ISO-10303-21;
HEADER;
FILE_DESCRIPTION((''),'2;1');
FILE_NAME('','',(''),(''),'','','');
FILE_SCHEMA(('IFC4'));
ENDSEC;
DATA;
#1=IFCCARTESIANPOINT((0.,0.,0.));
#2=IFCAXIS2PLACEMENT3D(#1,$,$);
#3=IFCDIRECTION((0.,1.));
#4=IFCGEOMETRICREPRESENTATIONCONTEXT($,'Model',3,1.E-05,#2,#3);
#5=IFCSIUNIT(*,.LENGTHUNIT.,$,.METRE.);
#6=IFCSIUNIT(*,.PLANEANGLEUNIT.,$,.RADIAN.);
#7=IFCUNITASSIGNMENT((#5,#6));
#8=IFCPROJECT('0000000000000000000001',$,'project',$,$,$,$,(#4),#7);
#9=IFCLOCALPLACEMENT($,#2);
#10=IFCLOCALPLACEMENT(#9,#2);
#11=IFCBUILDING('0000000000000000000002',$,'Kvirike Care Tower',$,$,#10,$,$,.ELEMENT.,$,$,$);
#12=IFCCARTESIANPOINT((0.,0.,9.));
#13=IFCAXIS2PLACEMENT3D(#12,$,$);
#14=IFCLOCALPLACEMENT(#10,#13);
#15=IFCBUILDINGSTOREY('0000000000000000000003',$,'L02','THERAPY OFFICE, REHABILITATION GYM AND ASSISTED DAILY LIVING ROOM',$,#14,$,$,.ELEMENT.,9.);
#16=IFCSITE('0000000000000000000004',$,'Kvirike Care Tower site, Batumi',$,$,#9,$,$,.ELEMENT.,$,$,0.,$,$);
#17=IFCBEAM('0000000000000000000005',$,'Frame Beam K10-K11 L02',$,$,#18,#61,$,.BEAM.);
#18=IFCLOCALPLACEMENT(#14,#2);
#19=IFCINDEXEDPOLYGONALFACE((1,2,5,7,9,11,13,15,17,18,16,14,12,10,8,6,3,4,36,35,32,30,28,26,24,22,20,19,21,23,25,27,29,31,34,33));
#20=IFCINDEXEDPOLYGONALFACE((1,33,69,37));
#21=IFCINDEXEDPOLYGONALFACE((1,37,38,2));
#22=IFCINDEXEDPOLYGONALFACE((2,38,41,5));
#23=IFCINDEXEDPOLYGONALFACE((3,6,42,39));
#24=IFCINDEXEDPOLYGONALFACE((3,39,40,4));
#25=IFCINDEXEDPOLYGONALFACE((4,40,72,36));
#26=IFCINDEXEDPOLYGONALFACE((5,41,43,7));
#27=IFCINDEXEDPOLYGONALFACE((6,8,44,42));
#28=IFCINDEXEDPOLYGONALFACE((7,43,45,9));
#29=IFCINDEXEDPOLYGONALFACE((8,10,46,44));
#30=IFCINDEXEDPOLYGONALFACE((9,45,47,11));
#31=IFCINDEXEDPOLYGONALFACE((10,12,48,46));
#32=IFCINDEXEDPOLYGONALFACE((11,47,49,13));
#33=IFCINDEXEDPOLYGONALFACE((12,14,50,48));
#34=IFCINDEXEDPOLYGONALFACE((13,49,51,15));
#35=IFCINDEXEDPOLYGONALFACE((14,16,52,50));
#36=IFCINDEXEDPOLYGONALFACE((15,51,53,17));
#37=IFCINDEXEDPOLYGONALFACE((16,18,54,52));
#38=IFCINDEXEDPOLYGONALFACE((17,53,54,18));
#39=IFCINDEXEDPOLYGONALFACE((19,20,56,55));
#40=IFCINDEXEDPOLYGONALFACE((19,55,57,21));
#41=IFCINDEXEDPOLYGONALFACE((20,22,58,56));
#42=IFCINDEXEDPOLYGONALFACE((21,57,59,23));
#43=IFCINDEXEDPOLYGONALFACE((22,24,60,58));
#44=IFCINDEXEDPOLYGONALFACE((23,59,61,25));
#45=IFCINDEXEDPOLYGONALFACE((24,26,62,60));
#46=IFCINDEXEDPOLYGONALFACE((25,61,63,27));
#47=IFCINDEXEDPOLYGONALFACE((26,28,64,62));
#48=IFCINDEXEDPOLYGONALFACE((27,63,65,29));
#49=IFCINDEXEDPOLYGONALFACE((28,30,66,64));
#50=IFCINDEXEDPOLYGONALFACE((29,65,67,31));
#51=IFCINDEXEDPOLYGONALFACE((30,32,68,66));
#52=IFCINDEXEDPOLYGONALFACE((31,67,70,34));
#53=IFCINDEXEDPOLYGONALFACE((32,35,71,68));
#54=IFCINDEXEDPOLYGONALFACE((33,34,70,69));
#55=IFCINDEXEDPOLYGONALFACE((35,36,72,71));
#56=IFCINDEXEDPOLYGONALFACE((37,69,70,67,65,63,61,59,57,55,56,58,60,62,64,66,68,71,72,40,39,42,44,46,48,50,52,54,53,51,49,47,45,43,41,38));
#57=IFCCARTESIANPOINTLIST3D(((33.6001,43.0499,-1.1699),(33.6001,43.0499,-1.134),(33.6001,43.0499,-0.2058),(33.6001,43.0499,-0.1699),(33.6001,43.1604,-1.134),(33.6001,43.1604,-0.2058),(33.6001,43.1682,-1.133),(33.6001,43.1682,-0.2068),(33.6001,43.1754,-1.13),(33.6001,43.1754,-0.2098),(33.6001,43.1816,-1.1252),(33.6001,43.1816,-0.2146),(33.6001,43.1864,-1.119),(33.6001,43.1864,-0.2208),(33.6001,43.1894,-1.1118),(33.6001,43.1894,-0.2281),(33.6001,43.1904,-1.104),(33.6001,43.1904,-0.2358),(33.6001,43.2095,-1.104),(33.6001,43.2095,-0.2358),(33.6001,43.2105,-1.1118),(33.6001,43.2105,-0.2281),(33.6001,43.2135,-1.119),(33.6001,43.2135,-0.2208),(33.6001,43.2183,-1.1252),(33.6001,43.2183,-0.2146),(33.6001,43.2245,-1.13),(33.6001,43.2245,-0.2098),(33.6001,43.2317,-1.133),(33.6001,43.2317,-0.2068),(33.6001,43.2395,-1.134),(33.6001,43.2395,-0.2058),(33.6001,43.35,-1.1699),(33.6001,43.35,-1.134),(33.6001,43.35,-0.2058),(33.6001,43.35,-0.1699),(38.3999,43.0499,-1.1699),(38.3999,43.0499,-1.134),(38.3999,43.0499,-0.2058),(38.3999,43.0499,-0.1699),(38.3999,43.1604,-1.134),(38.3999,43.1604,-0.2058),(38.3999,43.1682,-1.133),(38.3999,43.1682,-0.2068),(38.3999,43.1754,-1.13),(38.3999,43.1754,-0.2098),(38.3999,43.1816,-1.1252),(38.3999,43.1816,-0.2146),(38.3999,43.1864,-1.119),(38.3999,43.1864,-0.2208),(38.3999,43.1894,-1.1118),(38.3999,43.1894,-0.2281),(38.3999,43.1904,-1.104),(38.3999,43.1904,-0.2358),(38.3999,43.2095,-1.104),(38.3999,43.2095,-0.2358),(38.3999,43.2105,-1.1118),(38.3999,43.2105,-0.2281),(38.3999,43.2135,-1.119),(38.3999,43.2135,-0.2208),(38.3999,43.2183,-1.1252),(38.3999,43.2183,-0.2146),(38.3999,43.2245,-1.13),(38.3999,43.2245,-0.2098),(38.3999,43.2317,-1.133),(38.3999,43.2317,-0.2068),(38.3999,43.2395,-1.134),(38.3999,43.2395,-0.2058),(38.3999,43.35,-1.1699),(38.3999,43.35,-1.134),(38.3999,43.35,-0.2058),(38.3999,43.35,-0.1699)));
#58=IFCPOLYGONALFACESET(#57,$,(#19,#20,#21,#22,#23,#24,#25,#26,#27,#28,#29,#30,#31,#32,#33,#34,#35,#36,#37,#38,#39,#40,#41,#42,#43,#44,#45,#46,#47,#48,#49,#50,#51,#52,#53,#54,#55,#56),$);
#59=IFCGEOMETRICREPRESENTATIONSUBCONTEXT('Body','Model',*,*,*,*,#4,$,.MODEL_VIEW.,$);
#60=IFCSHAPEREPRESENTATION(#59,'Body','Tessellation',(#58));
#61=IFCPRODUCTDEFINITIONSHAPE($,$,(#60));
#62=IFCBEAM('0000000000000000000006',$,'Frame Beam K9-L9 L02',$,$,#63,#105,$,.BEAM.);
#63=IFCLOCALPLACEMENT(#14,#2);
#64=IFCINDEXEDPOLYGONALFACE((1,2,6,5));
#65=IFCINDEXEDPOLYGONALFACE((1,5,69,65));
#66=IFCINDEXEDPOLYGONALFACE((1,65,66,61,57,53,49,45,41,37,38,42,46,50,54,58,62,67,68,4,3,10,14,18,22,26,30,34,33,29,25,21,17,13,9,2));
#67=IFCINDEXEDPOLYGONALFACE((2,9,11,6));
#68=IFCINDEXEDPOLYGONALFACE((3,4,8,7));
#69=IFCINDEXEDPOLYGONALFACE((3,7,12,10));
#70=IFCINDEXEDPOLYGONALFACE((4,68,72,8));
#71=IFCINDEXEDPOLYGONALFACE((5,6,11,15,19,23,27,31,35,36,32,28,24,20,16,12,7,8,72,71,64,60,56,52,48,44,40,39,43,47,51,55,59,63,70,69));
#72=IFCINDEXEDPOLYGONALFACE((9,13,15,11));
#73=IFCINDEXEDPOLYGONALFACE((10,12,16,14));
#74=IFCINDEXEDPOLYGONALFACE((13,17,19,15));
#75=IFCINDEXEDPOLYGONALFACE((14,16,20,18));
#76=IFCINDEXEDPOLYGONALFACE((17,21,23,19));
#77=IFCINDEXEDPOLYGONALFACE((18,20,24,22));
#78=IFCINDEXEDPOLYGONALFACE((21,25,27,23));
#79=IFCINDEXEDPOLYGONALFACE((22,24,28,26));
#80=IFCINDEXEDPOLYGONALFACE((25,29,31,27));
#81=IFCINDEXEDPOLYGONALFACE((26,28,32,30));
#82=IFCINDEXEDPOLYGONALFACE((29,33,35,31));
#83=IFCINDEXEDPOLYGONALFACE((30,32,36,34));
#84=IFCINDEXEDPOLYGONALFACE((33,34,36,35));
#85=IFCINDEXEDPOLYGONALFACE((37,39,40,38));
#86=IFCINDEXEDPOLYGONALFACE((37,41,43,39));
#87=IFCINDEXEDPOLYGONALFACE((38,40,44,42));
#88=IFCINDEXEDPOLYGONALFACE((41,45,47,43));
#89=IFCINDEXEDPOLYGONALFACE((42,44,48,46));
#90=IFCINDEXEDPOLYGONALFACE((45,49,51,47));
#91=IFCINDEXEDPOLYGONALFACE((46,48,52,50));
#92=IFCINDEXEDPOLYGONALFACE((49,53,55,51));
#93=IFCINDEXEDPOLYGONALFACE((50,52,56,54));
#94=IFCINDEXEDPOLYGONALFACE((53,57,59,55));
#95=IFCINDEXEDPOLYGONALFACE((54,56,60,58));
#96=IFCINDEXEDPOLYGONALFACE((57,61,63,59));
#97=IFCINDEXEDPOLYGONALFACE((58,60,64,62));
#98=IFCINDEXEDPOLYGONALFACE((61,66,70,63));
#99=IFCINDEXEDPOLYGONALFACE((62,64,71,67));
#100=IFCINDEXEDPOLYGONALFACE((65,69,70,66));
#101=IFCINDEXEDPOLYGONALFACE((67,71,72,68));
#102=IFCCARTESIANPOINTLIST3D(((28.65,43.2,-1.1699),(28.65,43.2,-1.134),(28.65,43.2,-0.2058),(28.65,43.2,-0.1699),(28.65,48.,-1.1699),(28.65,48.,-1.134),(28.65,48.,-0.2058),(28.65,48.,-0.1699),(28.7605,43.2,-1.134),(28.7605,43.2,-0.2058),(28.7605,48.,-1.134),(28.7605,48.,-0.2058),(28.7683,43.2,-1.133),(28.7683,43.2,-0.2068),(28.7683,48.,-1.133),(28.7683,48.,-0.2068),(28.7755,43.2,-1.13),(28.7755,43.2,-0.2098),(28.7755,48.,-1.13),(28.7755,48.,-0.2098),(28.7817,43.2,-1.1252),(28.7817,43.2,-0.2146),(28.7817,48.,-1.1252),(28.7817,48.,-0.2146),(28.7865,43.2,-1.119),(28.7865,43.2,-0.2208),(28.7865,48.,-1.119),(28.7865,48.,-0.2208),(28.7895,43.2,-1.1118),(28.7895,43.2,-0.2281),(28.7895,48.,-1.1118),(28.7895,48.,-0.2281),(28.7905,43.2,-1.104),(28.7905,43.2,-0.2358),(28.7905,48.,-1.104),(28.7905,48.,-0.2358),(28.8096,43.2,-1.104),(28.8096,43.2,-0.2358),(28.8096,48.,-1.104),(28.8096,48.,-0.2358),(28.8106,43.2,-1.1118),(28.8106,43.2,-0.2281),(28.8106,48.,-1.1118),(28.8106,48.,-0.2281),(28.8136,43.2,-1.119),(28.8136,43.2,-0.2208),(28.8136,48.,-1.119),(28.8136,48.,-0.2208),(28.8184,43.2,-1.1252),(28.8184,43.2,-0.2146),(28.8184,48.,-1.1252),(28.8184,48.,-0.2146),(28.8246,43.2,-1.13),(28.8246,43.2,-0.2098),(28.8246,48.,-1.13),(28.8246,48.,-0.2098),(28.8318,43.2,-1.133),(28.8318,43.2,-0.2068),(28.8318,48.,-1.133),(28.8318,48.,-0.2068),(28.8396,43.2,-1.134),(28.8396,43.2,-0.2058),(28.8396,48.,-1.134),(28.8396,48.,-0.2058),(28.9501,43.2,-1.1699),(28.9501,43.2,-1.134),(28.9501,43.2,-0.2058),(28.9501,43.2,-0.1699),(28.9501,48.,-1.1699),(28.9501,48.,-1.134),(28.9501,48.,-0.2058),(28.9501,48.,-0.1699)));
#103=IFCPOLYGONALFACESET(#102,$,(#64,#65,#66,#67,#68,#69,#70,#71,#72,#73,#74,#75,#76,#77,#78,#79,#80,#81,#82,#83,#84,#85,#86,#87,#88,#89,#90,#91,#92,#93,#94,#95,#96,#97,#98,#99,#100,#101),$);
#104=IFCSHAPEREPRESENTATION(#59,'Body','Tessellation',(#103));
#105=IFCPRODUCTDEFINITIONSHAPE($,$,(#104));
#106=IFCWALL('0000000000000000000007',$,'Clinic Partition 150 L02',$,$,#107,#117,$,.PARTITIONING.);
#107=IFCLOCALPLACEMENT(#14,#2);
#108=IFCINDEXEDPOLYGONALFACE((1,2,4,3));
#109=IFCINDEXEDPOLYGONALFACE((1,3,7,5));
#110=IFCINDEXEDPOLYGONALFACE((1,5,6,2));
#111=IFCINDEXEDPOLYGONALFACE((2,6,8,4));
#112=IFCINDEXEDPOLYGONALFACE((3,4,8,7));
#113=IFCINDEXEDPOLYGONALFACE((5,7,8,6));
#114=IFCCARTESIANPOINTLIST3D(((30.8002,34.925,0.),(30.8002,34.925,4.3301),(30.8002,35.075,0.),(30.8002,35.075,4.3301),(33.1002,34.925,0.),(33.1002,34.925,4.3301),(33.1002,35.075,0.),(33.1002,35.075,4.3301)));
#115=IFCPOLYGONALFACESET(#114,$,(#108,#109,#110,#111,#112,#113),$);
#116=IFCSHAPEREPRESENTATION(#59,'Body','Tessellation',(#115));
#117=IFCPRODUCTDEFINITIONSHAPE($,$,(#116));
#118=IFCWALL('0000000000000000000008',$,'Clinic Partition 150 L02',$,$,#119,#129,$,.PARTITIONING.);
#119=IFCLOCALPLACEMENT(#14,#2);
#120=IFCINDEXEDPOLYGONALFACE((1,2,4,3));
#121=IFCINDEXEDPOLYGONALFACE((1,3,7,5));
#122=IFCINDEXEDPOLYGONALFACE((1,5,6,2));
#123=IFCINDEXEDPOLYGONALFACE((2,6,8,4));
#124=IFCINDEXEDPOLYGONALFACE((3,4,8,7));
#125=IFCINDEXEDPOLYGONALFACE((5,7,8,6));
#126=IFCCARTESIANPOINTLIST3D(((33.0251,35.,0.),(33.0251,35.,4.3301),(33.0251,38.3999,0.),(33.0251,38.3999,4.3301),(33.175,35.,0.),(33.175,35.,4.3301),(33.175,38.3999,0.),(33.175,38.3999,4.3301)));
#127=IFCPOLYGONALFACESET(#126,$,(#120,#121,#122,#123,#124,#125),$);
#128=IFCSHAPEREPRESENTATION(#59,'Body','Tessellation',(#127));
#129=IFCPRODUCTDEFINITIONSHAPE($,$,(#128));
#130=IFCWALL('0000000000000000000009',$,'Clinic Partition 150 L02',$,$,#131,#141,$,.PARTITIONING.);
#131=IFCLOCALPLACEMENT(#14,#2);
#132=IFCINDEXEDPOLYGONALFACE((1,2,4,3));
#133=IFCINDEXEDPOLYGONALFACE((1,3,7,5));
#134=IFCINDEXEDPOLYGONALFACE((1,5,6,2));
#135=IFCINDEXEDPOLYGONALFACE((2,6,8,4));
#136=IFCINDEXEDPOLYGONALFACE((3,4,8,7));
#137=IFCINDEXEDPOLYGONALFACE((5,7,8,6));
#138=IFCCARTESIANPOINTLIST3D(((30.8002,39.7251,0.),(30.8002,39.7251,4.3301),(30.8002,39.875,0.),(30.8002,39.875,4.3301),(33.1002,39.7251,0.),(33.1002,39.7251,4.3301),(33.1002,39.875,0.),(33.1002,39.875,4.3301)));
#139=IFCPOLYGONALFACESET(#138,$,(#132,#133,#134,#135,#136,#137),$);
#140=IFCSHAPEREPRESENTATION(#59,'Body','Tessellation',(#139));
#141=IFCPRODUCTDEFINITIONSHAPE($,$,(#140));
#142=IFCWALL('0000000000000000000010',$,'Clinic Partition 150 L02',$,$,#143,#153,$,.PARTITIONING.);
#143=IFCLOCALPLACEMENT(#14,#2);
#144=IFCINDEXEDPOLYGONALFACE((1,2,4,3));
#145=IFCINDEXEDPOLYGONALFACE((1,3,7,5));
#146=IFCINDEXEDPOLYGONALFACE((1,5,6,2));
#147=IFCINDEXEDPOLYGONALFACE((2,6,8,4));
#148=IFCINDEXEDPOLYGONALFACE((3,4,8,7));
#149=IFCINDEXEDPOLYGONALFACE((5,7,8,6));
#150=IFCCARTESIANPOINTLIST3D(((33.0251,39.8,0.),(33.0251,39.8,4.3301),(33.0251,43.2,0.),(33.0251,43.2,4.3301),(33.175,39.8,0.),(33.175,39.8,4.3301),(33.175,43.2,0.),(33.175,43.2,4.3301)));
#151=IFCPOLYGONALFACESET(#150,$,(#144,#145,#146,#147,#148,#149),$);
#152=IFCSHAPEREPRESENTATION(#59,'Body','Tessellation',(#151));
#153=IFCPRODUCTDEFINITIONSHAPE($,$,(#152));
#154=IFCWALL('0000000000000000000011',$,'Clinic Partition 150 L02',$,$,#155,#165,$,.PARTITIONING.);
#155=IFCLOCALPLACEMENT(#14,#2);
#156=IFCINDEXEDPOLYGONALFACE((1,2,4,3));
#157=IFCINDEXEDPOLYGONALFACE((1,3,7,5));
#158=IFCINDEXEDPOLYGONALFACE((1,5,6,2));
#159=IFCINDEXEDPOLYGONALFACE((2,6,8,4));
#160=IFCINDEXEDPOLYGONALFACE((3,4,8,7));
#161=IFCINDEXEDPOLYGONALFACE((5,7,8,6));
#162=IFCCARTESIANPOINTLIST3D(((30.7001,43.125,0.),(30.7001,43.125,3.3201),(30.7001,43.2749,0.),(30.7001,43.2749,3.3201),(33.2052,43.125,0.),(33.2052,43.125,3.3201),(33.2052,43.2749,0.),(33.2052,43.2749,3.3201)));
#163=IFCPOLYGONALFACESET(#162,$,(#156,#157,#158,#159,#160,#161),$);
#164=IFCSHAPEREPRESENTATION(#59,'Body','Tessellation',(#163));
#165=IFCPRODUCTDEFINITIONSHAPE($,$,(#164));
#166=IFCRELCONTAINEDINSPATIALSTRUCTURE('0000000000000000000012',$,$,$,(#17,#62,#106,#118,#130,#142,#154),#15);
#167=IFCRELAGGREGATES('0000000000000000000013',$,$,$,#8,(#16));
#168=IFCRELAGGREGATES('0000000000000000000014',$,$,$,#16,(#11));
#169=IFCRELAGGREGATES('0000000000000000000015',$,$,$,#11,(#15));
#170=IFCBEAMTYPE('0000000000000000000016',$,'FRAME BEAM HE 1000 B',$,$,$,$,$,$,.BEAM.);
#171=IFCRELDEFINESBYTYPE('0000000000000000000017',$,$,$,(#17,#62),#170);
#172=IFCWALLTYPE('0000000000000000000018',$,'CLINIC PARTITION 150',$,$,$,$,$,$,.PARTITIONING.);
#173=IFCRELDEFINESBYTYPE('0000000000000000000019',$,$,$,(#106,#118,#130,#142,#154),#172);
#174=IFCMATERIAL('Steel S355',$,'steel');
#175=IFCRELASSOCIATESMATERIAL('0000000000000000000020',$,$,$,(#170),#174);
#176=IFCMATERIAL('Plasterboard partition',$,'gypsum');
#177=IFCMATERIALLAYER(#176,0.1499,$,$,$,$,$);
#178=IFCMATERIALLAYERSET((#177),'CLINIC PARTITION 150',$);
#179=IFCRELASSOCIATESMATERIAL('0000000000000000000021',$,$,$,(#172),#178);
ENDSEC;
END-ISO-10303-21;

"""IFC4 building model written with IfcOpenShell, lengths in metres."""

from ifc_helpers import new_model, si_unit, direction, frame, frame_2d, origin, origin_2d, place, context, subcontext, project, spatial, rectangle, i_section, extrude, material, layer, layer_set, material_profile, profile_set, type_object, element, save


model = new_model("IFC4")

# Units and contexts
model_context = context("Model", 3, precision=1e-05, world=origin(), true_north=direction((0.0, 1.0)))
body_context = subcontext(model_context, "Body", "Model", "MODEL_VIEW")
ifc_project = project(units=[si_unit("LENGTHUNIT", "METRE"), si_unit("PLANEANGLEUNIT", "RADIAN")], contexts=[model_context])

# Site, building, storey
site_placement = place(None, origin())
site = spatial("IfcSite", under=ifc_project, at=site_placement, Name="Kvirike Care Tower site, Batumi", CompositionType="ELEMENT", RefElevation=0.0)
building_placement = place(site_placement, origin())
building = spatial("IfcBuilding", under=site, at=building_placement, Name="Kvirike Care Tower", CompositionType="ELEMENT")
storey_placement = place(building_placement, frame((0.0, 0.0, 9.0)))
storey = spatial("IfcBuildingStorey", under=building, at=storey_placement, Name="L02", Description="THERAPY OFFICE, REHABILITATION GYM AND ASSISTED DAILY LIVING ROOM", CompositionType="ELEMENT", Elevation=9.0)

# Beams
ifc_material_1 = material(Name="Steel S355", Category="steel")
ifc_material_profile_1 = material_profile(ifc_material_1, i_section(OverallWidth=0.3, OverallDepth=1.0, WebThickness=0.019, FlangeThickness=0.0359, FilletRadius=0.03, at=origin_2d()), Name="HE 1000 B")
ifc_profile_set_1 = profile_set([ifc_material_profile_1], Name="Steel S355")
beam_type_1 = type_object("IfcBeamType", Name="FRAME BEAM HE 1000 B", PredefinedType="BEAM", material=ifc_profile_set_1)
beam_1_placement = place(storey_placement, frame((33.6001, 43.2, -0.6699), z_axis=(1.0, 0.0, 0.0), x_axis=(0.0, 1.0, 0.0)))
element("IfcBeam", 1, at=beam_1_placement, inside=storey, type_object=beam_type_1, Name="Frame Beam K10-K11 L02", PredefinedType="BEAM", context=body_context, shape_type="SweptSolid", body=[
    extrude(i_section(OverallWidth=0.3, OverallDepth=1.0, WebThickness=0.019, FlangeThickness=0.0359, FilletRadius=0.03, at=origin_2d()), origin(), (0.0, 0.0, 1.0), 4.7998),
])
beam_2_placement = place(storey_placement, frame((28.8, 43.2, -0.6699), z_axis=(0.0, 1.0, 0.0), x_axis=(-1.0, 0.0, 0.0)))
element("IfcBeam", 2, at=beam_2_placement, inside=storey, type_object=beam_type_1, Name="Frame Beam K9-L9 L02", PredefinedType="BEAM", context=body_context, shape_type="SweptSolid", body=[
    extrude(i_section(OverallWidth=0.3, OverallDepth=1.0, WebThickness=0.019, FlangeThickness=0.0359, FilletRadius=0.03, at=origin_2d()), origin(), (0.0, 0.0, 1.0), 4.8),
])

# Walls
ifc_material_2 = material(Name="Plasterboard partition", Category="gypsum")
ifc_layer_1 = layer(ifc_material_2, 0.1499)
ifc_layer_set_1 = layer_set([ifc_layer_1], Name="CLINIC PARTITION 150")
wall_type_1 = type_object("IfcWallType", Name="CLINIC PARTITION 150", PredefinedType="PARTITIONING", material=ifc_layer_set_1)
wall_1_placement = place(storey_placement, frame((33.1001, 35.0, 0.0), z_axis=(0.0, 0.0, 1.0), x_axis=(-1.0, 0.0, 0.0)))
element("IfcWall", 3, at=wall_1_placement, inside=storey, type_object=wall_type_1, Name="Clinic Partition 150 L02", PredefinedType="PARTITIONING", context=body_context, shape_type="SweptSolid", body=[
    extrude(rectangle(XDim=2.3, YDim=0.1499, at=frame_2d((1.1499, 0.0))), origin(), (0.0, 0.0, 1.0), 4.3301),
])
wall_2_placement = place(storey_placement, frame((33.1001, 35.0, 0.0), z_axis=(0.0, 0.0, 1.0), x_axis=(0.0, 1.0, 0.0)))
element("IfcWall", 4, at=wall_2_placement, inside=storey, type_object=wall_type_1, Name="Clinic Partition 150 L02", PredefinedType="PARTITIONING", context=body_context, shape_type="SweptSolid", body=[
    extrude(rectangle(XDim=3.3999, YDim=0.1499, at=frame_2d((1.7, 0.0))), origin(), (0.0, 0.0, 1.0), 4.3301),
])
wall_3_placement = place(storey_placement, frame((33.1001, 39.8, 0.0), z_axis=(0.0, 0.0, 1.0), x_axis=(-1.0, 0.0, 0.0)))
element("IfcWall", 5, at=wall_3_placement, inside=storey, type_object=wall_type_1, Name="Clinic Partition 150 L02", PredefinedType="PARTITIONING", context=body_context, shape_type="SweptSolid", body=[
    extrude(rectangle(XDim=2.3, YDim=0.1499, at=frame_2d((1.1499, 0.0))), origin(), (0.0, 0.0, 1.0), 4.3301),
])
wall_4_placement = place(storey_placement, frame((33.1001, 39.8, 0.0), z_axis=(0.0, 0.0, 1.0), x_axis=(0.0, 1.0, 0.0)))
element("IfcWall", 6, at=wall_4_placement, inside=storey, type_object=wall_type_1, Name="Clinic Partition 150 L02", PredefinedType="PARTITIONING", context=body_context, shape_type="SweptSolid", body=[
    extrude(rectangle(XDim=3.3999, YDim=0.1499, at=frame_2d((1.7, 0.0))), origin(), (0.0, 0.0, 1.0), 4.3301),
])
wall_5_placement = place(storey_placement, frame((33.2051, 43.2, 0.0), z_axis=(0.0, 0.0, 1.0), x_axis=(-1.0, 0.0, 0.0)))
element("IfcWall", 7, at=wall_5_placement, inside=storey, type_object=wall_type_1, Name="Clinic Partition 150 L02", PredefinedType="PARTITIONING", context=body_context, shape_type="SweptSolid", body=[
    extrude(rectangle(XDim=2.5051, YDim=0.1499, at=frame_2d((1.2524, 0.0))), origin(), (0.0, 0.0, 1.0), 3.3201),
])

save(model, "model.ifc")
